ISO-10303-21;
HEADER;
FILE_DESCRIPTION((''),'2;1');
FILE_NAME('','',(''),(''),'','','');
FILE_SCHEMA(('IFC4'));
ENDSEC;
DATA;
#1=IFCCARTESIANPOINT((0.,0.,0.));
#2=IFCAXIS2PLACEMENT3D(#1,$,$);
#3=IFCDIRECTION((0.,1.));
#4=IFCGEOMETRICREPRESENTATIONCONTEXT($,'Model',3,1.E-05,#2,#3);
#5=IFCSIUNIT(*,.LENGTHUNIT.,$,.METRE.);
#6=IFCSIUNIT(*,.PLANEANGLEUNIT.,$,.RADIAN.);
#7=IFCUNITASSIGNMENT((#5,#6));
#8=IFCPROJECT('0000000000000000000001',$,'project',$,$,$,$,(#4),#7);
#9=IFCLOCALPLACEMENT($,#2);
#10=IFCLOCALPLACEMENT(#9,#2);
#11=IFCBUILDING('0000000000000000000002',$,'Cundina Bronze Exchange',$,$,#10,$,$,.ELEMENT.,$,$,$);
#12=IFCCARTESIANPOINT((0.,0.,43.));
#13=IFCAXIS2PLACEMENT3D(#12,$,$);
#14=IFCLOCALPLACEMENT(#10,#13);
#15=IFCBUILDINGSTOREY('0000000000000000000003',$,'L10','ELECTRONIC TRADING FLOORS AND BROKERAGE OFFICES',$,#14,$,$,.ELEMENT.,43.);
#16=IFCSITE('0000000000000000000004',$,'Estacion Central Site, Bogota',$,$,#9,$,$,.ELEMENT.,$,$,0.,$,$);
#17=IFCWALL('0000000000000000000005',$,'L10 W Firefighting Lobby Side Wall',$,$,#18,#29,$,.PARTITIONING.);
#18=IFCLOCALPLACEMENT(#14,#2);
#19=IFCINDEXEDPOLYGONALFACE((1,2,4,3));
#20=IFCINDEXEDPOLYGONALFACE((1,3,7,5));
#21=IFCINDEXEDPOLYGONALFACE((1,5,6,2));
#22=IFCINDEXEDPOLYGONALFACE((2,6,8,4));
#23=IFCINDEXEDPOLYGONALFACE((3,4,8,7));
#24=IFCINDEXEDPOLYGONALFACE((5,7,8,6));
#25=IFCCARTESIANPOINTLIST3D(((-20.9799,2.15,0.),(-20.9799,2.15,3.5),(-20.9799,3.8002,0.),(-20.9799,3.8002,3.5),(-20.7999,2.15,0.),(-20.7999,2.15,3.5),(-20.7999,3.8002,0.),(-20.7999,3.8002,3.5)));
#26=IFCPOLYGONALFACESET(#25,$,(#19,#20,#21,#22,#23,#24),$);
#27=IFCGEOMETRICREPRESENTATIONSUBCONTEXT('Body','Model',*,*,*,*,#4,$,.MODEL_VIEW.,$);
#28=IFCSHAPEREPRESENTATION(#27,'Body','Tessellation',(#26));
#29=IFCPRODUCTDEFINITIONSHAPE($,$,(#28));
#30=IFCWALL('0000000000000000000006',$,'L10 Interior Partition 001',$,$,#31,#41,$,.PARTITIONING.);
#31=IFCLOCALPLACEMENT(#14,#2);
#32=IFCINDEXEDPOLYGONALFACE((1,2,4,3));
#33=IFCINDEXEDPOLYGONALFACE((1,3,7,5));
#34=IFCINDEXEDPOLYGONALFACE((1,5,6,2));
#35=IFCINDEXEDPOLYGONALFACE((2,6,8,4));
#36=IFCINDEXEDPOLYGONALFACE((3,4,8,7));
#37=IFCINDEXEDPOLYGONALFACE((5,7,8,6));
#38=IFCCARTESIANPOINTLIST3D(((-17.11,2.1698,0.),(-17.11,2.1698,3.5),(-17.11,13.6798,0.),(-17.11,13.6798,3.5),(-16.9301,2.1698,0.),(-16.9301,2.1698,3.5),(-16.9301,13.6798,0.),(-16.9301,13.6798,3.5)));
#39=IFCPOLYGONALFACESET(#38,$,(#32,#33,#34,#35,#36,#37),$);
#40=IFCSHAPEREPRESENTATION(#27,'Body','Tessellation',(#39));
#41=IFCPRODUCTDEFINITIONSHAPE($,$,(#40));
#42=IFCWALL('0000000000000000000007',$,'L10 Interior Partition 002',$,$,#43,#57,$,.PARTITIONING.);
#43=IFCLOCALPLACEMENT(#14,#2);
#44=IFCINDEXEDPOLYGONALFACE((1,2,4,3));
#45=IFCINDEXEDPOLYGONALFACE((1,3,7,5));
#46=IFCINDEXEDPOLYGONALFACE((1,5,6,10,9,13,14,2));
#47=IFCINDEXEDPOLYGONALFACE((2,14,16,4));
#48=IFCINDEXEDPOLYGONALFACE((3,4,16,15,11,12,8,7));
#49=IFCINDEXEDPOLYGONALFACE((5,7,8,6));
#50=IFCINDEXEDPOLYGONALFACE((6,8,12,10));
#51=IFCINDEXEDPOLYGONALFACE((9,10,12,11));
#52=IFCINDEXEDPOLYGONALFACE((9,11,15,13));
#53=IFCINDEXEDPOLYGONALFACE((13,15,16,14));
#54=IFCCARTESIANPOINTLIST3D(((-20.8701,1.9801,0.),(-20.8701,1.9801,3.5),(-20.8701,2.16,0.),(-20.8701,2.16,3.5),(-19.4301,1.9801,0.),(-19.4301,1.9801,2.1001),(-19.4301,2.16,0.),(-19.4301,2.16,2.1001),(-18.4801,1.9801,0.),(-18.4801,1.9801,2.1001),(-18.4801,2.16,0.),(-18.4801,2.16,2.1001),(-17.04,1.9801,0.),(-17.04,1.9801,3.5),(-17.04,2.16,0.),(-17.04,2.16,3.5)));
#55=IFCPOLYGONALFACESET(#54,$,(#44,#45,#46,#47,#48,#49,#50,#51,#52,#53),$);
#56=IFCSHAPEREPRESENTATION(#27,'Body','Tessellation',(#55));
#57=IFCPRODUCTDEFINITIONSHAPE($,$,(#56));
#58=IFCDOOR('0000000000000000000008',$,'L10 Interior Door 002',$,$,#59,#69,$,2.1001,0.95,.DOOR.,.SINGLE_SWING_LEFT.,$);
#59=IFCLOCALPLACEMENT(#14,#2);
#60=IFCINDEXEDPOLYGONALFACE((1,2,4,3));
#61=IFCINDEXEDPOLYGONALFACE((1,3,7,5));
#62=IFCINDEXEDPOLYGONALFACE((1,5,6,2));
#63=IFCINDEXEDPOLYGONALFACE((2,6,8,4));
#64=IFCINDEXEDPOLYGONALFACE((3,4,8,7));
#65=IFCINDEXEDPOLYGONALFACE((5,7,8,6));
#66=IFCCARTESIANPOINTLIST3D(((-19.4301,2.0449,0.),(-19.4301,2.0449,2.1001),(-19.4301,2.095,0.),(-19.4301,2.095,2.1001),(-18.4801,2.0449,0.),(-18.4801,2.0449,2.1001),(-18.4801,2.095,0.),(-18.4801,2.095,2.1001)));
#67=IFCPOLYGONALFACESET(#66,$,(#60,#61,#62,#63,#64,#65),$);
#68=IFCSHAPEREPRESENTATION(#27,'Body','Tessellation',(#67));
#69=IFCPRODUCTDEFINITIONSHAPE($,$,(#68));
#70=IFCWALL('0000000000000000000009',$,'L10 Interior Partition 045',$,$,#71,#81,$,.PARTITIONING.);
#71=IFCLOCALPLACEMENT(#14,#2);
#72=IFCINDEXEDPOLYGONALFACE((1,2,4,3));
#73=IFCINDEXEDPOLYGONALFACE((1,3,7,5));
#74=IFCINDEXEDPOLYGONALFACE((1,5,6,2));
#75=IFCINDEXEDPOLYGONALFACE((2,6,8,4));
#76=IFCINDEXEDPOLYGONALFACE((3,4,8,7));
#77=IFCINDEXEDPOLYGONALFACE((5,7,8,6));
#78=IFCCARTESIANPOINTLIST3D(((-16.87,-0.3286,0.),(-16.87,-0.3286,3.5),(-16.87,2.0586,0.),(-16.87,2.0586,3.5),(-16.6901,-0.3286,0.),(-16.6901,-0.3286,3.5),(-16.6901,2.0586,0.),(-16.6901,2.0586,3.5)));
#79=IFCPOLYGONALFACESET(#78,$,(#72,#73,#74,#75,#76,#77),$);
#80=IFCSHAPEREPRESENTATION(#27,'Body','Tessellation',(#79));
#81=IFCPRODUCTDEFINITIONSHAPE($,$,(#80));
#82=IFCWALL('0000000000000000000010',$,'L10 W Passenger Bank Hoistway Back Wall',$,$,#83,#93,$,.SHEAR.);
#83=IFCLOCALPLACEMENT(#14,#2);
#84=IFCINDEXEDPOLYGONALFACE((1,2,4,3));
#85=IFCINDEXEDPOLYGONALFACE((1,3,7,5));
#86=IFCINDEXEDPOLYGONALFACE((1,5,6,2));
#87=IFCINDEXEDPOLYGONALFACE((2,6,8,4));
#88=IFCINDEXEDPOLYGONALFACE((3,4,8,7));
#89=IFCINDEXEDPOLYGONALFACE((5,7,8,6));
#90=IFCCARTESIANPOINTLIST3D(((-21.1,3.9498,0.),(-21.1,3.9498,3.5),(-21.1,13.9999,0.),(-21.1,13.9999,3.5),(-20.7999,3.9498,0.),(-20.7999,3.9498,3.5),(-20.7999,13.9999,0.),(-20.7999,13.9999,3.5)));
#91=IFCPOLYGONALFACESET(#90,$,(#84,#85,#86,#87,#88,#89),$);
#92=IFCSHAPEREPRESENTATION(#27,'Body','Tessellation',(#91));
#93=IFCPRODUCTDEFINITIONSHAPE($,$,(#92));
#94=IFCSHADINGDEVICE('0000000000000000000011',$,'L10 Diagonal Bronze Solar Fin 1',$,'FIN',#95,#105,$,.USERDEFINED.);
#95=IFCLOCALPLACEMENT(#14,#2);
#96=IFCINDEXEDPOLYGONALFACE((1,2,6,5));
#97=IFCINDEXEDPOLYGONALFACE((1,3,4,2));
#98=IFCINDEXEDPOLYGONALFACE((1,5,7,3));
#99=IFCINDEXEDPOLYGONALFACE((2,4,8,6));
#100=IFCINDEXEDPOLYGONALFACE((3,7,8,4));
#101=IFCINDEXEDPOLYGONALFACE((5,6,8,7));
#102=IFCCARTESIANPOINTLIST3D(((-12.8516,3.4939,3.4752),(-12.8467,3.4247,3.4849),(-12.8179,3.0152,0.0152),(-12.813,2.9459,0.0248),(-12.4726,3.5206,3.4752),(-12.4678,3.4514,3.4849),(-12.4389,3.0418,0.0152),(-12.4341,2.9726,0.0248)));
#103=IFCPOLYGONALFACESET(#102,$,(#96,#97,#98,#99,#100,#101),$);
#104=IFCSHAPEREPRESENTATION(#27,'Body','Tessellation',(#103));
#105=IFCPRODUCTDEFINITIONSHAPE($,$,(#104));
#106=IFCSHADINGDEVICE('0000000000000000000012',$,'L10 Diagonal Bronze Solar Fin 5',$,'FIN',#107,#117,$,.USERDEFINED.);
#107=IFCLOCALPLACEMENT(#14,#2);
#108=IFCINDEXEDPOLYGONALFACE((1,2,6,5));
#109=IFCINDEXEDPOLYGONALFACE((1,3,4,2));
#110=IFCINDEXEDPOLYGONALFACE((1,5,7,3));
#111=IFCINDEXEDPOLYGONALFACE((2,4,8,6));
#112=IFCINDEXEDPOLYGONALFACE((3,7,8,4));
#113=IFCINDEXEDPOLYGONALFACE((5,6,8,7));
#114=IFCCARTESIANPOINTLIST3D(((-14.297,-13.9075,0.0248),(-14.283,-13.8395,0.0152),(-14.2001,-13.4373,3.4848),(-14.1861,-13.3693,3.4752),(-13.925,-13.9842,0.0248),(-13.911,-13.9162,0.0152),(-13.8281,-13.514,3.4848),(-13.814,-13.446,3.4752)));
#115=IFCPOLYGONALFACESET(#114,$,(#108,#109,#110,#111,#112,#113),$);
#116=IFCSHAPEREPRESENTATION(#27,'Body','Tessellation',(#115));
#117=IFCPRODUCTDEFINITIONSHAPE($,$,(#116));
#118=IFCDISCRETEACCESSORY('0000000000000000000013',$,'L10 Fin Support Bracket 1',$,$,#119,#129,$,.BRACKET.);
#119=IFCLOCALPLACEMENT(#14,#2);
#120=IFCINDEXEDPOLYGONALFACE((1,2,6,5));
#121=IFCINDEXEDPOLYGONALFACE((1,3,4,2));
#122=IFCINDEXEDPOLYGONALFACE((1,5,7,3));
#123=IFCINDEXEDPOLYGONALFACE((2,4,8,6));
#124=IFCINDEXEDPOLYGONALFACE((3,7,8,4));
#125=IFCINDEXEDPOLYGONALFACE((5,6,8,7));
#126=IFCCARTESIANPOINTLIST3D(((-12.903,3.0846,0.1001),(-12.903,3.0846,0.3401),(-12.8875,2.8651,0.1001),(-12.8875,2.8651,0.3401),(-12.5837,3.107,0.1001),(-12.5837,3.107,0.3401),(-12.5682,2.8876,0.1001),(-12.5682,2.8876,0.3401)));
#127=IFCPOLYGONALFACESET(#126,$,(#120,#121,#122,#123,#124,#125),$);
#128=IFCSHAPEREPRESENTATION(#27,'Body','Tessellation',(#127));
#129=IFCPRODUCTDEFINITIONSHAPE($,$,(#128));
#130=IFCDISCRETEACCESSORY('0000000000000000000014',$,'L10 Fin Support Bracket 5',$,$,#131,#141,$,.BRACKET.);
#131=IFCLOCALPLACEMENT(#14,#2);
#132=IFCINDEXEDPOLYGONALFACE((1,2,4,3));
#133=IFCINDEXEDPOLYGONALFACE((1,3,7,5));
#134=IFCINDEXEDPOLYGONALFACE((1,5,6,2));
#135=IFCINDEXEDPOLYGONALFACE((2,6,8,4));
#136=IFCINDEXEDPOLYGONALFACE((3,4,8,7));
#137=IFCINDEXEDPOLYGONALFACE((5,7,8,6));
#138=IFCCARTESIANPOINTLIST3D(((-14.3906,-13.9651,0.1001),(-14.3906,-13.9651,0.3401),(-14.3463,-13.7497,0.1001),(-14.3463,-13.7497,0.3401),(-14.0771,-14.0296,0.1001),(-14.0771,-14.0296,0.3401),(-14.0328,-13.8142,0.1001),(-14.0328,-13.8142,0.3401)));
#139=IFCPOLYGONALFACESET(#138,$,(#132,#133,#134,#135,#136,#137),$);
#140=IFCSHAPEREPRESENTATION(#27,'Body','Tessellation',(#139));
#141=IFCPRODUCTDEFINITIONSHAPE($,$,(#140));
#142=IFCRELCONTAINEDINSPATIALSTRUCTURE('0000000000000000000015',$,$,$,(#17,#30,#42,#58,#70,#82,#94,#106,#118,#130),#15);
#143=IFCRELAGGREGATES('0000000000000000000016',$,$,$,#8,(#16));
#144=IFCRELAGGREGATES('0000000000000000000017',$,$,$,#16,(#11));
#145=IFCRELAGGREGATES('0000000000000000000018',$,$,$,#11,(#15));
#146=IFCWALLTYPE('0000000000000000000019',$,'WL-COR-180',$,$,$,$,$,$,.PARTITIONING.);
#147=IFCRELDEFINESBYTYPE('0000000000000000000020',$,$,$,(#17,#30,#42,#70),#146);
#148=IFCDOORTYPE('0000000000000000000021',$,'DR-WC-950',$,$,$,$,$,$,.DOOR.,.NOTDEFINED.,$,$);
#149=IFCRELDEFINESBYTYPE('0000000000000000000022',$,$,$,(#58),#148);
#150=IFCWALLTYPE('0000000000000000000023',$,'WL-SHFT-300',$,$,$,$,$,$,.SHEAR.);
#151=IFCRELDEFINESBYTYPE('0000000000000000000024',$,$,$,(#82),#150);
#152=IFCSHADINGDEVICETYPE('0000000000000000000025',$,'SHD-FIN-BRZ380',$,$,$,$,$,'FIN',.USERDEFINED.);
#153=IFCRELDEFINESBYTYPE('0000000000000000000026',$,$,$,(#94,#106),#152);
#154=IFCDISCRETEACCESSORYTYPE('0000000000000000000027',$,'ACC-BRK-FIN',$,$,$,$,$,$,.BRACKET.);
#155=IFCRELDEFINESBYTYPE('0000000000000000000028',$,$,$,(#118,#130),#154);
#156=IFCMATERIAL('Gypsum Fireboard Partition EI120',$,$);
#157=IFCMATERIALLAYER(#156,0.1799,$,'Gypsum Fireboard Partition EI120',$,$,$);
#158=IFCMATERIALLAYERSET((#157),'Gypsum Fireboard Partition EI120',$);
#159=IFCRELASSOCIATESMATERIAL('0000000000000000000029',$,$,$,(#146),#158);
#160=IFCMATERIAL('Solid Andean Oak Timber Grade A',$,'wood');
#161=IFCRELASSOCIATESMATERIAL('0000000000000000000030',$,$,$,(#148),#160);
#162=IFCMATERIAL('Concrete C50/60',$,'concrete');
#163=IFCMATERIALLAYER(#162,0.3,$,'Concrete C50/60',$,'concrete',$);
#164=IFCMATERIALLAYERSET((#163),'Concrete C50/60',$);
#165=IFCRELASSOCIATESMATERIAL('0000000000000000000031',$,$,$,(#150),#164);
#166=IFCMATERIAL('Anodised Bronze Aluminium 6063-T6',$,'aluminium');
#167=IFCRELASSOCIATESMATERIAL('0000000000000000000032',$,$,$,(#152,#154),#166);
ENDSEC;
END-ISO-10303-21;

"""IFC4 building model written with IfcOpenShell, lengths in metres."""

from ifc_helpers import new_model, si_unit, direction, frame, frame_2d, origin, origin_2d, place, context, subcontext, project, spatial, rectangle, extrude, material, layer, layer_set, material_profile, profile_set, type_object, element, fill, save


model = new_model("IFC4")

# Units and contexts
model_context = context("Model", 3, precision=1e-05, world=origin(), true_north=direction((0.0, 1.0)))
body_context = subcontext(model_context, "Body", "Model", "MODEL_VIEW")
ifc_project = project(units=[si_unit("LENGTHUNIT", "METRE"), si_unit("PLANEANGLEUNIT", "RADIAN")], contexts=[model_context])

# Site, building, storey
site_placement = place(None, origin())
site = spatial("IfcSite", under=ifc_project, at=site_placement, Name="Estacion Central Site, Bogota", CompositionType="ELEMENT", RefElevation=0.0)
building_placement = place(site_placement, origin())
building = spatial("IfcBuilding", under=site, at=building_placement, Name="Cundina Bronze Exchange", CompositionType="ELEMENT")
storey_placement = place(building_placement, frame((0.0, 0.0, 43.0)))
storey = spatial("IfcBuildingStorey", under=building, at=storey_placement, Name="L10", Description="ELECTRONIC TRADING FLOORS AND BROKERAGE OFFICES", CompositionType="ELEMENT", Elevation=43.0)

# Shared definitions
ifc_material_1 = material(Name="Anodised Bronze Aluminium 6063-T6", Category="aluminium")

# Shared definitions
ifc_material_2 = material(Name="Concrete C50/60", Category="concrete")

# Walls
ifc_material_3 = material(Name="Gypsum Fireboard Partition EI120")
ifc_layer_1 = layer(ifc_material_3, 0.1799, Name="Gypsum Fireboard Partition EI120")
ifc_layer_set_1 = layer_set([ifc_layer_1], Name="Gypsum Fireboard Partition EI120")
wall_type_1 = type_object("IfcWallType", Name="WL-COR-180", PredefinedType="PARTITIONING", material=ifc_layer_set_1)
wall_1_placement = place(storey_placement, frame((-20.8899, 2.1499, 0.0), z_axis=(0.0, 0.0, 1.0), x_axis=(0.0, 1.0, 0.0)))
element("IfcWall", 1, at=wall_1_placement, inside=storey, type_object=wall_type_1, Name="L10 W Firefighting Lobby Side Wall", PredefinedType="PARTITIONING", context=body_context, shape_type="SweptSolid", body=[
    extrude(rectangle(XDim=1.6501, YDim=0.1799, at=frame_2d((0.8252, 0.0))), origin(), (0.0, 0.0, 1.0), 3.5),
])
wall_2_placement = place(storey_placement, frame((-17.02, 2.1699, 0.0), z_axis=(0.0, 0.0, 1.0), x_axis=(0.0, 1.0, 0.0)))
element("IfcWall", 2, at=wall_2_placement, inside=storey, type_object=wall_type_1, Name="L10 Interior Partition 001", PredefinedType="PARTITIONING", context=body_context, shape_type="SweptSolid", body=[
    extrude(rectangle(XDim=11.51, YDim=0.1799, at=frame_2d((5.7549, 0.0))), origin(), (0.0, 0.0, 1.0), 3.5),
])

# Wall, opening, door
wall_3_placement = place(storey_placement, frame((-20.8701, 2.0701, 0.0), z_axis=(0.0, 0.0, 1.0), x_axis=(1.0, 0.0, 0.0)))
wall_3 = element("IfcWall", 3, at=wall_3_placement, inside=storey, type_object=wall_type_1, Name="L10 Interior Partition 002", PredefinedType="PARTITIONING", context=body_context, shape_type="SweptSolid", body=[
    extrude(rectangle(XDim=3.8301, YDim=0.1799, at=frame_2d((1.915, 0.0))), origin(), (0.0, 0.0, 1.0), 3.5),
])
opening_placement = place(wall_3_placement, frame((1.4399, 0.0, 0.0)))
opening = element("IfcOpeningElement", 4, at=opening_placement, cuts=wall_3, PredefinedType="OPENING", context=body_context, shape_type="SweptSolid", body=[
    extrude(rectangle(XDim=0.95, YDim=2.1001, at=frame_2d((0.4751, 1.05))), frame((0.0, 0.0999, 0.0), z_axis=(0.0, -1.0, 0.0), x_axis=(1.0, 0.0, 0.0)), (0.0, 0.0, 1.0), 0.2),
])
ifc_material_4 = material(Name="Solid Andean Oak Timber Grade A", Category="wood")
door_type = type_object("IfcDoorType", Name="DR-WC-950", OperationType="NOTDEFINED", PredefinedType="DOOR", material=ifc_material_4)
door_placement = place(opening_placement, origin())
door = element("IfcDoor", 5, at=door_placement, inside=storey, type_object=door_type, Name="L10 Interior Door 002", OperationType="SINGLE_SWING_LEFT", OverallHeight=2.1001, OverallWidth=0.95, PredefinedType="DOOR", context=body_context, shape_type="SweptSolid", body=[
    extrude(rectangle(XDim=0.95, YDim=2.1001, at=frame_2d((0.4751, 1.05))), frame((0.0, 0.0249, 0.0), z_axis=(0.0, -1.0, 0.0), x_axis=(1.0, 0.0, 0.0)), (0.0, 0.0, 1.0), 0.05),
])
fill(opening, door)

# Walls
wall_4_placement = place(storey_placement, frame((-16.78, -0.3286, 0.0), z_axis=(0.0, 0.0, 1.0), x_axis=(0.0, 1.0, 0.0)))
element("IfcWall", 6, at=wall_4_placement, inside=storey, type_object=wall_type_1, Name="L10 Interior Partition 045", PredefinedType="PARTITIONING", context=body_context, shape_type="SweptSolid", body=[
    extrude(rectangle(XDim=2.3872, YDim=0.1799, at=frame_2d((1.1936, 0.0))), origin(), (0.0, 0.0, 1.0), 3.5),
])
ifc_layer_2 = layer(ifc_material_2, 0.3, Name="Concrete C50/60", Category="concrete")
ifc_layer_set_2 = layer_set([ifc_layer_2], Name="Concrete C50/60")
wall_type_2 = type_object("IfcWallType", Name="WL-SHFT-300", PredefinedType="SHEAR", material=ifc_layer_set_2)
wall_5_placement = place(storey_placement, frame((-20.95, 3.95, 0.0), z_axis=(0.0, 0.0, 1.0), x_axis=(0.0, 1.0, 0.0)))
element("IfcWall", 7, at=wall_5_placement, inside=storey, type_object=wall_type_2, Name="L10 W Passenger Bank Hoistway Back Wall", PredefinedType="SHEAR", context=body_context, shape_type="SweptSolid", body=[
    extrude(rectangle(XDim=10.05, YDim=0.3, at=frame_2d((5.0249, 0.0))), origin(), (0.0, 0.0, 1.0), 3.5),
])

# Shading devices
ifc_material_profile_1 = material_profile(ifc_material_1, rectangle(XDim=0.0701, YDim=0.3799, at=origin_2d()), Name="FIN70X380", Category="aluminium")
ifc_profile_set_1 = profile_set([ifc_material_profile_1], Name="Anodised Bronze Aluminium 6063-T6")
shading_device_type = type_object("IfcShadingDeviceType", Name="SHD-FIN-BRZ380", ElementType="FIN", PredefinedType="USERDEFINED", material=ifc_profile_set_1)
for number, where, z_axis, x_axis, name in (
    (8, (-12.626, 2.9939, 0.02), (-0.009645, 0.137059, 0.990516), (0.069533, -0.988072, 0.137398), "L10 Diagonal Bronze Solar Fin 1"),
    (9, (-14.104, -13.9119, 0.02), (0.027747, 0.134612, 0.99051), (-0.199967, -0.970115, 0.137442), "L10 Diagonal Bronze Solar Fin 5"),
):
    element("IfcShadingDevice", number, at=place(storey_placement, frame(where, z_axis=z_axis, x_axis=x_axis)), inside=storey, type_object=shading_device_type, Name=name, ObjectType="FIN", PredefinedType="USERDEFINED", context=body_context, shape_type="SweptSolid", body=[
        extrude(rectangle(XDim=0.0701, YDim=0.3799, at=origin_2d()), origin(), (0.0, 0.0, 1.0), 3.4932),
    ])

# Discrete accessories
discrete_accessory_type = type_object("IfcDiscreteAccessoryType", Name="ACC-BRK-FIN", PredefinedType="BRACKET", material=ifc_material_1)
for number, where, z_axis, x_axis, name in (
    (10, (-12.7356, 2.9861, 0.1001), (0.0, 0.0, 1.0), (-0.070279, 0.997527, 0.0), "L10 Fin Support Bracket 1"),
    (11, (-14.2117, -13.8896, 0.1001), (0.0, 0.0, 1.0), (0.20142, 0.979505, 0.0), "L10 Fin Support Bracket 5"),
):
    element("IfcDiscreteAccessory", number, at=place(storey_placement, frame(where, z_axis=z_axis, x_axis=x_axis)), inside=storey, type_object=discrete_accessory_type, Name=name, PredefinedType="BRACKET", context=body_context, shape_type="SweptSolid", body=[
        extrude(rectangle(XDim=0.22, YDim=0.3201, at=origin_2d()), origin(), (0.0, 0.0, 1.0), 0.24),
    ])

save(model, "model.ifc")
